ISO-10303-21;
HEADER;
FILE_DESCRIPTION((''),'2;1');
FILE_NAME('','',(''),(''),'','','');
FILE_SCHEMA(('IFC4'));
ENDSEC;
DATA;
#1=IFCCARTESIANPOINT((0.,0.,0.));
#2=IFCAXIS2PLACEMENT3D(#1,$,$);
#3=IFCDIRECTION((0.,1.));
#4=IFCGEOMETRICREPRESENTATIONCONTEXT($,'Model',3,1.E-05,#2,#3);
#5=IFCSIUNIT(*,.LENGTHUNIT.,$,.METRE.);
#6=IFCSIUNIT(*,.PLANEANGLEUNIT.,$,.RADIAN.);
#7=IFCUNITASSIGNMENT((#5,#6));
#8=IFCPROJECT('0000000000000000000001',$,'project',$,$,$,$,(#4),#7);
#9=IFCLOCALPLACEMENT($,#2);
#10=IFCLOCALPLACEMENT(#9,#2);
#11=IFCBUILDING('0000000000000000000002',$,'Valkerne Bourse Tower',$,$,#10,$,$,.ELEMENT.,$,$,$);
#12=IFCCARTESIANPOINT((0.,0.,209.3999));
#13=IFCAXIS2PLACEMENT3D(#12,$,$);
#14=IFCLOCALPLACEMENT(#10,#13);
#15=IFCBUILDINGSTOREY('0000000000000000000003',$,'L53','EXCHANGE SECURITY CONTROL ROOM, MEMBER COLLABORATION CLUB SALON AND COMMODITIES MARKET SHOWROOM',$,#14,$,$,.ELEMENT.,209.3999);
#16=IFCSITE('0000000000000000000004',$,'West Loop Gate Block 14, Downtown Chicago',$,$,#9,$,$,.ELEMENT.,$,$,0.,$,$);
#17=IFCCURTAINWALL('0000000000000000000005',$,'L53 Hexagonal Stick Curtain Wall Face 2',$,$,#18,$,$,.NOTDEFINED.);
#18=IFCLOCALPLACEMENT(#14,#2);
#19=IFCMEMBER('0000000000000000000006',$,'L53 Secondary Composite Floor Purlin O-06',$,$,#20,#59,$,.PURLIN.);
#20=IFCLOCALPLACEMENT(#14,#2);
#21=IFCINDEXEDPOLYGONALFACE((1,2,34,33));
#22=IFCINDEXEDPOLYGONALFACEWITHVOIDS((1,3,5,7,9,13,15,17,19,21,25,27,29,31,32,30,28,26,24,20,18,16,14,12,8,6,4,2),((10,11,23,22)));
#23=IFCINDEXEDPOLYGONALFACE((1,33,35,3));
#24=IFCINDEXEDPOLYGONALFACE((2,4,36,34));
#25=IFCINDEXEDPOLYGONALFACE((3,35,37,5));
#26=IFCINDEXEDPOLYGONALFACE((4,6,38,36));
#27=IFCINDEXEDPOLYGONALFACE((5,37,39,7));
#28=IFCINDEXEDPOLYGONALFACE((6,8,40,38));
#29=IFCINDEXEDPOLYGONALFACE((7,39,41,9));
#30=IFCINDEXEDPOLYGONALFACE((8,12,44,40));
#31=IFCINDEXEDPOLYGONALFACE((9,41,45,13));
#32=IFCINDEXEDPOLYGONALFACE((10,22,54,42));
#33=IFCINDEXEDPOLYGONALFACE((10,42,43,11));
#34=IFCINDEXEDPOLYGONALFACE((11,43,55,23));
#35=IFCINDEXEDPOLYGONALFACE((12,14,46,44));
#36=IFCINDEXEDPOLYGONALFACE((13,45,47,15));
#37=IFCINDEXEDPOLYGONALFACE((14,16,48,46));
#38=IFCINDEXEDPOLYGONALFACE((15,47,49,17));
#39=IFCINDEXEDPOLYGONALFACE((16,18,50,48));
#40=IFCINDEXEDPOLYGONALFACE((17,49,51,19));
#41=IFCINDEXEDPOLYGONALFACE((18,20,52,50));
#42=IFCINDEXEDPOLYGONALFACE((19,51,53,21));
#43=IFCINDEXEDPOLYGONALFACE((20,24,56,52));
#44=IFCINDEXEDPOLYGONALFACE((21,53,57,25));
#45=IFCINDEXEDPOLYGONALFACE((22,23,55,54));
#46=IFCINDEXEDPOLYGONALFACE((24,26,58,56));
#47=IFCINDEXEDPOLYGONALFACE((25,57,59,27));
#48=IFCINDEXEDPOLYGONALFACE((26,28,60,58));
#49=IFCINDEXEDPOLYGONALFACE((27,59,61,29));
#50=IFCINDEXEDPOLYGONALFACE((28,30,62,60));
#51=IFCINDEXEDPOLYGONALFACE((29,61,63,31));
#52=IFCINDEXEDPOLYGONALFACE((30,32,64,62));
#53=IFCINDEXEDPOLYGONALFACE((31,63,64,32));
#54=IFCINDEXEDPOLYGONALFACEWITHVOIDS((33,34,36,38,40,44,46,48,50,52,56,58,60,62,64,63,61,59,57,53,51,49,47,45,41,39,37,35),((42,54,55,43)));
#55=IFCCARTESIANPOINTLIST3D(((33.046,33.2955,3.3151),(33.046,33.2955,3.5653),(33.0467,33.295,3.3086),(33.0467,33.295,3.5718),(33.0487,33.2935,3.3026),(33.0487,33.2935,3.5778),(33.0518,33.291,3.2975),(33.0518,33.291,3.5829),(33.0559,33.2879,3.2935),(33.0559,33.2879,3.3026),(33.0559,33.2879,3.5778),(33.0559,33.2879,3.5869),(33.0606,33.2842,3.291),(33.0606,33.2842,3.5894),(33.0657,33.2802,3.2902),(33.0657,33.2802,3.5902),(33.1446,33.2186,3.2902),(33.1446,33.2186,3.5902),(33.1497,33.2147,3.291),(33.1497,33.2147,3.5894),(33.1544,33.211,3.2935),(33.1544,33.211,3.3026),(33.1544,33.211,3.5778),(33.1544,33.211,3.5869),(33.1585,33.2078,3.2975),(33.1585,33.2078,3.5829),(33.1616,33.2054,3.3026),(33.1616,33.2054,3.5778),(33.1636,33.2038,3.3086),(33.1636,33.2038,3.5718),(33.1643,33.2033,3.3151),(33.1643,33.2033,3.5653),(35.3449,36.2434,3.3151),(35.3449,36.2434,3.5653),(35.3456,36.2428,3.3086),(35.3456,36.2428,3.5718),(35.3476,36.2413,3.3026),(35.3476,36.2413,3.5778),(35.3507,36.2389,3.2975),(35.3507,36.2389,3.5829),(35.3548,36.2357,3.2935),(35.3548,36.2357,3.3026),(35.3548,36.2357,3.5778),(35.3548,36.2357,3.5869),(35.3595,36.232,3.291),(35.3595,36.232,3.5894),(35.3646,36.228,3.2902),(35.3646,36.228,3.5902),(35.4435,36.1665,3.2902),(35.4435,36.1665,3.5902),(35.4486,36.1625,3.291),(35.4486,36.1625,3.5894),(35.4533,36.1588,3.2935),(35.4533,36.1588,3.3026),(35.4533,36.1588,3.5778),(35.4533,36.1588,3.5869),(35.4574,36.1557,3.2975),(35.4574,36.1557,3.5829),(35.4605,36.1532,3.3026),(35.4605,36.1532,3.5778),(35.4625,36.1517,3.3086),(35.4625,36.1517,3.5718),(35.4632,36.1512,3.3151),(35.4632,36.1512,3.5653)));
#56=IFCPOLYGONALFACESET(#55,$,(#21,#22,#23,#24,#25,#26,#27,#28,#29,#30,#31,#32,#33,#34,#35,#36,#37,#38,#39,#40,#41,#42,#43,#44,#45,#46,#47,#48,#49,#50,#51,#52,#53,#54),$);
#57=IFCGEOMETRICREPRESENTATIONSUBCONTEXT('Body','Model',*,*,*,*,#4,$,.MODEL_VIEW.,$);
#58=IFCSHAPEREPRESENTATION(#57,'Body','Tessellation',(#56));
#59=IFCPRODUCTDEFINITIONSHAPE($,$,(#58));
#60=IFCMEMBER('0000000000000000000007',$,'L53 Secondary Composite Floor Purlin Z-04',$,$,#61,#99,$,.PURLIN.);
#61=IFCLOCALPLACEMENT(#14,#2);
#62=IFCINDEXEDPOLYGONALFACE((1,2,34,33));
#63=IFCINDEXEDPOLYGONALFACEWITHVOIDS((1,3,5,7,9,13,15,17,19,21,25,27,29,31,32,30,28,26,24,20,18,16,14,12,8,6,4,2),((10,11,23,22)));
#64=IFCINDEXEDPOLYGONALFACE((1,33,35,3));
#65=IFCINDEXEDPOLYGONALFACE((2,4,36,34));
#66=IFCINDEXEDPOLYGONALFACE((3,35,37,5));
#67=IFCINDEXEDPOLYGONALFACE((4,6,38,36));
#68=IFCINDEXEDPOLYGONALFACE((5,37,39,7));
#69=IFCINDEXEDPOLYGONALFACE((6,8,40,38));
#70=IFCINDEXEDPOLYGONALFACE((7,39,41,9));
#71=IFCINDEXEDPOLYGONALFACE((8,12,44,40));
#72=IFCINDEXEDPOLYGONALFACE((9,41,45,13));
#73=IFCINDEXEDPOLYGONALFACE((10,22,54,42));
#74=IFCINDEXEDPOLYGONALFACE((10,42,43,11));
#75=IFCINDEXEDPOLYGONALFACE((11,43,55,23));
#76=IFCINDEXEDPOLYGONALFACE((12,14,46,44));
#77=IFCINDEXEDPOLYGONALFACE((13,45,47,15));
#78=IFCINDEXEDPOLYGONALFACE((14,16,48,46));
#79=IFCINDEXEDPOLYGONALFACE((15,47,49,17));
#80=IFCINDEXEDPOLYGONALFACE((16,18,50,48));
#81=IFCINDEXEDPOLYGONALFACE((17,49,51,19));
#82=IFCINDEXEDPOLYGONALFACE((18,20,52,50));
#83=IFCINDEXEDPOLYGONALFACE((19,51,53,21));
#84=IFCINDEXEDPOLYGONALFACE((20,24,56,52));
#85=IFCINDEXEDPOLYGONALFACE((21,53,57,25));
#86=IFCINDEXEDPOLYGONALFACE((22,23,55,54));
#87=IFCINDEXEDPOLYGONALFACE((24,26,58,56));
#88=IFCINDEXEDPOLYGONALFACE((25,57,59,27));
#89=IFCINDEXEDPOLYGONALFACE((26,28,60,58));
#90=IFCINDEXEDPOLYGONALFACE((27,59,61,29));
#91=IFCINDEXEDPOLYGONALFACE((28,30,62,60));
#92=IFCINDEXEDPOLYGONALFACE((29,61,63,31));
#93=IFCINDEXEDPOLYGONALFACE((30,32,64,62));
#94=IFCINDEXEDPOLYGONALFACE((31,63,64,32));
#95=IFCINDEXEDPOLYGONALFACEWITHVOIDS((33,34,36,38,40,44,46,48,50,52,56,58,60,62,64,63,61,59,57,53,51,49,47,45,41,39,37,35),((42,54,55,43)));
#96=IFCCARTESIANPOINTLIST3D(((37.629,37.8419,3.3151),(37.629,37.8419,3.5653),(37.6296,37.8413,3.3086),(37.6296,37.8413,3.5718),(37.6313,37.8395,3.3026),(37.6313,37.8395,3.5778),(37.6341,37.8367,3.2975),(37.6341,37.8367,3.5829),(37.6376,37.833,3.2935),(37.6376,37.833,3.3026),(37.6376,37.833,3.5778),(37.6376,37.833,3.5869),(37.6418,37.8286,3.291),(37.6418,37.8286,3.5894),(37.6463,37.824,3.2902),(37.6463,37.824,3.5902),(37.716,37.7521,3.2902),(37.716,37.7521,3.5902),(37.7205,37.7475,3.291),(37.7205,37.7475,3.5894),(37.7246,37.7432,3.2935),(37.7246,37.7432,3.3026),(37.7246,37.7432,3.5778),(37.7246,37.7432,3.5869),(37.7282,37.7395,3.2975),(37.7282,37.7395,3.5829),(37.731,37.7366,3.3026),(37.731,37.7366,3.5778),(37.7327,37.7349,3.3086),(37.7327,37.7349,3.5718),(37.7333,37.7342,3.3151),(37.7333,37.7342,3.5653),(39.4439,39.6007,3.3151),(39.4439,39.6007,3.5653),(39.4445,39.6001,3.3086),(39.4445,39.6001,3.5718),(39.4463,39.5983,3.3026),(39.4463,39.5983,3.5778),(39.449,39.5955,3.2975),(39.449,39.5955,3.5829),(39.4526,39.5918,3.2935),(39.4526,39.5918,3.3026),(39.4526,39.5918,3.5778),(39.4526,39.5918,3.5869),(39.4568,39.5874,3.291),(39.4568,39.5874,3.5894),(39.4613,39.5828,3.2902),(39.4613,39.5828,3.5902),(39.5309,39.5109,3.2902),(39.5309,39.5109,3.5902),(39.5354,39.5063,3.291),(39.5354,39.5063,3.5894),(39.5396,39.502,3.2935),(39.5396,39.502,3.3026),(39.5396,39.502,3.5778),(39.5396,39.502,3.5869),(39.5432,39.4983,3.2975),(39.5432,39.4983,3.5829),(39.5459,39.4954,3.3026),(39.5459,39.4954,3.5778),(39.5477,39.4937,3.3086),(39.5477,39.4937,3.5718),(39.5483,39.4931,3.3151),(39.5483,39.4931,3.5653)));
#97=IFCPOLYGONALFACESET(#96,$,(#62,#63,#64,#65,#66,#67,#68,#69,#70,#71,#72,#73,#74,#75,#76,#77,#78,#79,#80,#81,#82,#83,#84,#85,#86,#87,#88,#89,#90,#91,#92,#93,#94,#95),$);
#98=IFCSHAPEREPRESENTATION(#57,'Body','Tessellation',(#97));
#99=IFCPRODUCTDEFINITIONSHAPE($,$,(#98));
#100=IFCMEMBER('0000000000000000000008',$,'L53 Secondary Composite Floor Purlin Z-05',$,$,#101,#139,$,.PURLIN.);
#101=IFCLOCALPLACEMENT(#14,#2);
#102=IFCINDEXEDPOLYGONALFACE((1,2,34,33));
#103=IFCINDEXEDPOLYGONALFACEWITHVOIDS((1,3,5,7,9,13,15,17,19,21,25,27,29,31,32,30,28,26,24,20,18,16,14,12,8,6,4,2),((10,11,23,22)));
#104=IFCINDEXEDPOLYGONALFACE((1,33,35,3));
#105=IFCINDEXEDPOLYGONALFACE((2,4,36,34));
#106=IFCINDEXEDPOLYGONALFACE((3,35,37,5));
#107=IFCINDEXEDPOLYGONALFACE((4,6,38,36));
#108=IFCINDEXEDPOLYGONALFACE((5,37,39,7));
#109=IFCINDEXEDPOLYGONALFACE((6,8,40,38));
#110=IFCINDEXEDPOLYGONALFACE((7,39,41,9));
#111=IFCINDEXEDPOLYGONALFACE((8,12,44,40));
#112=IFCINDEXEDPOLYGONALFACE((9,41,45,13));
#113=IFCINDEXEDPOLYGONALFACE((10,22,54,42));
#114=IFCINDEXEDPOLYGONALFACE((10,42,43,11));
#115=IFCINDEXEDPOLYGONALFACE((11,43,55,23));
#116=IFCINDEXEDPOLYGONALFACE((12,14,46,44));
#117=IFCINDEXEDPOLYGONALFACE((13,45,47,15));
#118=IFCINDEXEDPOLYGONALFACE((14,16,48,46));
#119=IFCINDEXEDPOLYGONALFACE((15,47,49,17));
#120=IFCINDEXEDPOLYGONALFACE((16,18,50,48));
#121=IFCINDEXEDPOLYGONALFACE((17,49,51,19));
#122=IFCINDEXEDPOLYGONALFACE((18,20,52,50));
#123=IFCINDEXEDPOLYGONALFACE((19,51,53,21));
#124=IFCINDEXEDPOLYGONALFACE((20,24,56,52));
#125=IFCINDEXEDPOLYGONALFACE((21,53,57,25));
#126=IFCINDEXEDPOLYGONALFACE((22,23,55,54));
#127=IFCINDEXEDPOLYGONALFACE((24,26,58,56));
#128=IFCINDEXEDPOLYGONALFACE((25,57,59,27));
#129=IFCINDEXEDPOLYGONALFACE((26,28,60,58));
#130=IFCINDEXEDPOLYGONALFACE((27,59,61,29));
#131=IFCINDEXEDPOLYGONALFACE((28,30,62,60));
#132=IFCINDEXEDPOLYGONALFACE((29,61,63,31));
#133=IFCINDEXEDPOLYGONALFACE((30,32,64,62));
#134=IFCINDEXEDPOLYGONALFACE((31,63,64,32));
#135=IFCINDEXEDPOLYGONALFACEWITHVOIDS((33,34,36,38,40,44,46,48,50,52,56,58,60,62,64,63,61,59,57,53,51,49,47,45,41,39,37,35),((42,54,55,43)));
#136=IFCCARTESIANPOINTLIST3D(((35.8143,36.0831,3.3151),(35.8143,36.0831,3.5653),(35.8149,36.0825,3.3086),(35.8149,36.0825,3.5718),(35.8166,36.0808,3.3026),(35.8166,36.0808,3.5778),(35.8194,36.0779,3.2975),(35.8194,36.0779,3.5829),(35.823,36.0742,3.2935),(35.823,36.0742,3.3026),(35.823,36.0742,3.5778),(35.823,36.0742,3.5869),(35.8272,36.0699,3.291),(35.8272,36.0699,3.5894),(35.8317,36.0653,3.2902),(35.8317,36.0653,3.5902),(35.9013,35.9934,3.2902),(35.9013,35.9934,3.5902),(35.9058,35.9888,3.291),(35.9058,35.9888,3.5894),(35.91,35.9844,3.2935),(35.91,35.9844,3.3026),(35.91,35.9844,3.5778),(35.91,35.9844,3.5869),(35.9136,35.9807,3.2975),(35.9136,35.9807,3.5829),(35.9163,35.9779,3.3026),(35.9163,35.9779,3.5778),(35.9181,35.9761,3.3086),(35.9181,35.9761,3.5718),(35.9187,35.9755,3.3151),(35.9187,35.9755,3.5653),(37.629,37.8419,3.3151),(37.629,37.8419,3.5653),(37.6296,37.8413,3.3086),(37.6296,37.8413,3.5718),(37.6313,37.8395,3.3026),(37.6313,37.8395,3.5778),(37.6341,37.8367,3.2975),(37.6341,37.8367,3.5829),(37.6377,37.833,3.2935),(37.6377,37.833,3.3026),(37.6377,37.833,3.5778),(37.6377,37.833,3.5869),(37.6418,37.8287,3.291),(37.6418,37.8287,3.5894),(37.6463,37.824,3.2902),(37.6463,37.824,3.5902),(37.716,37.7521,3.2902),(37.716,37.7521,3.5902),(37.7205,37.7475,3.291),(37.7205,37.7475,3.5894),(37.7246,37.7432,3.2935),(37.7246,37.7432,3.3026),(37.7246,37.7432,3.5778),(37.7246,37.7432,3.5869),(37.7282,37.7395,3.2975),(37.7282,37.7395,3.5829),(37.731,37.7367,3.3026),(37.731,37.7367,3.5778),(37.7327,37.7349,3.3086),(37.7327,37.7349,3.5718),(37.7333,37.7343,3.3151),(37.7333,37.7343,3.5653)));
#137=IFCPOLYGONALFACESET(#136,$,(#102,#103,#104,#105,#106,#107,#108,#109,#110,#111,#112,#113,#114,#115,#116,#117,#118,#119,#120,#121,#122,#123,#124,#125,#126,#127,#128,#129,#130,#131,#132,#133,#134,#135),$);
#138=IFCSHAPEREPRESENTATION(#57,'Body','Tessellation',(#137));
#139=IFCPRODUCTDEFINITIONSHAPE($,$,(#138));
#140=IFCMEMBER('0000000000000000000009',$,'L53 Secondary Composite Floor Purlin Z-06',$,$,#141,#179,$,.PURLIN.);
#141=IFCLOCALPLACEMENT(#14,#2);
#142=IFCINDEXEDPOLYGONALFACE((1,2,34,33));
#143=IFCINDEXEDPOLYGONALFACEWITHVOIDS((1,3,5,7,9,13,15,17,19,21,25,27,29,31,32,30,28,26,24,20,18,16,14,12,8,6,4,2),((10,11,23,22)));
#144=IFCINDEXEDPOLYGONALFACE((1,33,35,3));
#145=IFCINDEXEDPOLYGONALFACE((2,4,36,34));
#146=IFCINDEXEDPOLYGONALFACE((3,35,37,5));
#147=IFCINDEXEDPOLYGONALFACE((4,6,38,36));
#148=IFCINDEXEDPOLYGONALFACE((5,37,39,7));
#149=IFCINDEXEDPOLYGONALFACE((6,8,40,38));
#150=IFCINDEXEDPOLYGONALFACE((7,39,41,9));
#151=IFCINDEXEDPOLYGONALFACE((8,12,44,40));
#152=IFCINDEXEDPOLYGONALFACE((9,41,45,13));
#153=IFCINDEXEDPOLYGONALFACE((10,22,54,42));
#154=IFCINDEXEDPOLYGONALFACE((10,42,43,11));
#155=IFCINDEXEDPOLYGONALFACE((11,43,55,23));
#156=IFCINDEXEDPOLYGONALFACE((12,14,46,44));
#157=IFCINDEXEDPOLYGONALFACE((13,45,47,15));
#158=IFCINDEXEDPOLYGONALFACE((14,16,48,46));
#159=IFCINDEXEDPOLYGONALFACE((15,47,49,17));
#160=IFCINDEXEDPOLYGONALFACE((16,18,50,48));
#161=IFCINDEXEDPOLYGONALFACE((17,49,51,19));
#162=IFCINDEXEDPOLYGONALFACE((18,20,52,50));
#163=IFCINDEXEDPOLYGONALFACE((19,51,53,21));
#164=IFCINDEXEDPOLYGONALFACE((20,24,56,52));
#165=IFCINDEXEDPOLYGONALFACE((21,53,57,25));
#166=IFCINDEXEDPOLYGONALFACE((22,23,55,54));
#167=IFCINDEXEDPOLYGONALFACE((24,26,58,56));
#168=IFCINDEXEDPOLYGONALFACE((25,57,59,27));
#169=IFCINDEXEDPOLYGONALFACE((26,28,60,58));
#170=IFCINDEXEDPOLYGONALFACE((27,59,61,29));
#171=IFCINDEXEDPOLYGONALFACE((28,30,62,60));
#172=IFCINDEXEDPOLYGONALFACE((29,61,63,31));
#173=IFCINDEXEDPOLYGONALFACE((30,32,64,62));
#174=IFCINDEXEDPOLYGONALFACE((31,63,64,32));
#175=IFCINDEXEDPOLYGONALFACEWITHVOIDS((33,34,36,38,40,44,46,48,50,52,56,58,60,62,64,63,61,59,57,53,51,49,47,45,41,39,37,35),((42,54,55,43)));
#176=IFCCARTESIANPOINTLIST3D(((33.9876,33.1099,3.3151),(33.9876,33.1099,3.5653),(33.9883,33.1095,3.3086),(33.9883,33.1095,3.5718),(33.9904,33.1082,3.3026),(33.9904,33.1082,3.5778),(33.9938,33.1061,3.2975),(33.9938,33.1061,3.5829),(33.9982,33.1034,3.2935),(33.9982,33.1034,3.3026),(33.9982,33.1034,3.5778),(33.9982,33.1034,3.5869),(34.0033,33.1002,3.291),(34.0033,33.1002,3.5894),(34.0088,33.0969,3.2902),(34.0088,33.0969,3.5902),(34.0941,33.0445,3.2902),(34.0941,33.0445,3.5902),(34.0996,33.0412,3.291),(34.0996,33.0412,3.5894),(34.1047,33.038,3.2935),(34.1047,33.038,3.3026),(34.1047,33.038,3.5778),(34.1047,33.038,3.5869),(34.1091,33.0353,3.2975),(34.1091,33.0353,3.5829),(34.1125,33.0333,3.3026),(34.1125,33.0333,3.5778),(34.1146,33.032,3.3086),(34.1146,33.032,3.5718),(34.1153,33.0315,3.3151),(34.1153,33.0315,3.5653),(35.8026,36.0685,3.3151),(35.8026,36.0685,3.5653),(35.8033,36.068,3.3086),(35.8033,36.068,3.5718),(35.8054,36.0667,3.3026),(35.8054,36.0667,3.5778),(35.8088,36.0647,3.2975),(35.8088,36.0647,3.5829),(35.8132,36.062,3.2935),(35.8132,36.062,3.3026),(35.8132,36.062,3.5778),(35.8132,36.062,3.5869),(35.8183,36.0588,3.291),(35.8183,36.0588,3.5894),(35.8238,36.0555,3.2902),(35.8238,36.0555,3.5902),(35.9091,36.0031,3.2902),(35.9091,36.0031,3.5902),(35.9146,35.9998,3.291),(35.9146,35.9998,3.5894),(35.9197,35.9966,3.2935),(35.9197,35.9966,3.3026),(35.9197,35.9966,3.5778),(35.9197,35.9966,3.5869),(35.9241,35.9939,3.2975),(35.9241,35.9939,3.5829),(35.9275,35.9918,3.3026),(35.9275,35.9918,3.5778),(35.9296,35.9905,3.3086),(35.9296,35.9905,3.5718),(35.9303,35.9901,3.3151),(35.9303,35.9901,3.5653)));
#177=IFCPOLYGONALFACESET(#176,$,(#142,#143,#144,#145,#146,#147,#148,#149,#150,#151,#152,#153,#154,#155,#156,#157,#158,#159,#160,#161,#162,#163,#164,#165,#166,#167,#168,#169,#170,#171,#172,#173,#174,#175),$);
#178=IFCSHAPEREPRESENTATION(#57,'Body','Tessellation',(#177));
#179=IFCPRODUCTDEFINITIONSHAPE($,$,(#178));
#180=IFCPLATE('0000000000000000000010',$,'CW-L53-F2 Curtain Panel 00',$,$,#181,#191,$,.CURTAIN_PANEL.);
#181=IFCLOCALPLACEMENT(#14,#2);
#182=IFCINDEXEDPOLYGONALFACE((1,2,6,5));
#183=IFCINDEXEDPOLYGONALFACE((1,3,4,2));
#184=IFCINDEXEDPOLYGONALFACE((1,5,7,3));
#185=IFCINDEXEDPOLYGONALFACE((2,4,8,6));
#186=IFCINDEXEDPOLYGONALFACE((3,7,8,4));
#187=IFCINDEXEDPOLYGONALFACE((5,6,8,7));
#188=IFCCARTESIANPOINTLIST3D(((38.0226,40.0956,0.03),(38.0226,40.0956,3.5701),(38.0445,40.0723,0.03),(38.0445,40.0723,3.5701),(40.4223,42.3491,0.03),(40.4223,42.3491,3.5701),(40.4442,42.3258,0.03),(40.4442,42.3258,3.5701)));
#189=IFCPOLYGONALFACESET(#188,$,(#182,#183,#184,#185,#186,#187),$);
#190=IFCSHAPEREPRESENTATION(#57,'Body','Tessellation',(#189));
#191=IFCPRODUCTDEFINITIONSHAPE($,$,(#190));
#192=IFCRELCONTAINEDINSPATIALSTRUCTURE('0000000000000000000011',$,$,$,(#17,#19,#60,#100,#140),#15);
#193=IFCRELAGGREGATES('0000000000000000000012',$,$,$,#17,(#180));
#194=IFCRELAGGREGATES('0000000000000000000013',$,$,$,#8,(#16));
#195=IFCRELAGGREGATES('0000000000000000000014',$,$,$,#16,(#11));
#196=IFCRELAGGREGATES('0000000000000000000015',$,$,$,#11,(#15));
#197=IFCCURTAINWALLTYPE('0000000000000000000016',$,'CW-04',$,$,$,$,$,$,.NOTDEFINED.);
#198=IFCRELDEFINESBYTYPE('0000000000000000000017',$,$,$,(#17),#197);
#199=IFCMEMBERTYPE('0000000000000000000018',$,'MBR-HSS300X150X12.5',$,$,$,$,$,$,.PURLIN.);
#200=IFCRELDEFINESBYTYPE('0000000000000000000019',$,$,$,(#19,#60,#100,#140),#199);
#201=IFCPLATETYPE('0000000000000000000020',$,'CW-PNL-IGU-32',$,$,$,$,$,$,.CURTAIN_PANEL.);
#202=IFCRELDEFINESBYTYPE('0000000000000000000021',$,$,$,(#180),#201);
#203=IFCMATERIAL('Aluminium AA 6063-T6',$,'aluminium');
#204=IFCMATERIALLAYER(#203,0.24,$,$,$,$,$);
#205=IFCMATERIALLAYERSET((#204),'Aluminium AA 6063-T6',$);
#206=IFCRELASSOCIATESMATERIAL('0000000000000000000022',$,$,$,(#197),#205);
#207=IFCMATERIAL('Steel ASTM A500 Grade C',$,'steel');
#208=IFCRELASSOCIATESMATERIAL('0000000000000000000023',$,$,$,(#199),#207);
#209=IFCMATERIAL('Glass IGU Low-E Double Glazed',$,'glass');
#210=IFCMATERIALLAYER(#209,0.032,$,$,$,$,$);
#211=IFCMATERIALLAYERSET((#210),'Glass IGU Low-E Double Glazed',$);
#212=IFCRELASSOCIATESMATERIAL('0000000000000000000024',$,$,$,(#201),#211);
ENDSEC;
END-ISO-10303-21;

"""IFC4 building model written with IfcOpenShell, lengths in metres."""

from ifc_helpers import new_model, si_unit, direction, frame, origin, origin_2d, place, context, subcontext, project, spatial, rectangle, hollow_rectangle, extrude, material, layer, layer_set, material_profile, profile_set, type_object, element, aggregate, save


model = new_model("IFC4")

# Units and contexts
model_context = context("Model", 3, precision=1e-05, world=origin(), true_north=direction((0.0, 1.0)))
body_context = subcontext(model_context, "Body", "Model", "MODEL_VIEW")
ifc_project = project(units=[si_unit("LENGTHUNIT", "METRE"), si_unit("PLANEANGLEUNIT", "RADIAN")], contexts=[model_context])

# Site, building, storey
site_placement = place(None, origin())
site = spatial("IfcSite", under=ifc_project, at=site_placement, Name="West Loop Gate Block 14, Downtown Chicago", CompositionType="ELEMENT", RefElevation=0.0)
building_placement = place(site_placement, origin())
building = spatial("IfcBuilding", under=site, at=building_placement, Name="Valkerne Bourse Tower", CompositionType="ELEMENT")
storey_placement = place(building_placement, frame((0.0, 0.0, 209.3999)))
storey = spatial("IfcBuildingStorey", under=building, at=storey_placement, Name="L53", Description="EXCHANGE SECURITY CONTROL ROOM, MEMBER COLLABORATION CLUB SALON AND COMMODITIES MARKET SHOWROOM", CompositionType="ELEMENT", Elevation=209.3999)

# Curtain wall
ifc_material_1 = material(Name="Aluminium AA 6063-T6", Category="aluminium")
ifc_layer_1 = layer(ifc_material_1, 0.24)
ifc_layer_set_1 = layer_set([ifc_layer_1], Name="Aluminium AA 6063-T6")
curtain_wall_type = type_object("IfcCurtainWallType", Name="CW-04", PredefinedType="NOTDEFINED", material=ifc_layer_set_1)
curtain_wall_placement = place(storey_placement, origin())
curtain_wall = element("IfcCurtainWall", 1, at=curtain_wall_placement, inside=storey, type_object=curtain_wall_type, Name="L53 Hexagonal Stick Curtain Wall Face 2", PredefinedType="NOTDEFINED")

# Members
ifc_material_2 = material(Name="Steel ASTM A500 Grade C", Category="steel")
ifc_material_profile_1 = material_profile(ifc_material_2, hollow_rectangle(XDim=0.1499, YDim=0.3, WallThickness=0.0125, OuterFilletRadius=0.0249, at=origin_2d()), Name="HSS300X150X12.5")
ifc_profile_set_1 = profile_set([ifc_material_profile_1], Name="Steel ASTM A500 Grade C")
member_type_1 = type_object("IfcMemberType", Name="MBR-HSS300X150X12.5", PredefinedType="PURLIN", material=ifc_profile_set_1)
member_1_placement = place(storey_placement, frame((35.4041, 36.1973, 3.4402), z_axis=(-0.614962, -0.788557, 0.0), x_axis=(0.788557, -0.614962, 0.0)))
element("IfcMember", 2, at=member_1_placement, inside=storey, type_object=member_type_1, Name="L53 Secondary Composite Floor Purlin O-06", PredefinedType="PURLIN", context=body_context, shape_type="SweptSolid", body=[
    extrude(hollow_rectangle(XDim=0.1499, YDim=0.3, WallThickness=0.0125, OuterFilletRadius=0.0249, at=origin_2d()), origin(), (0.0, 0.0, 1.0), 3.7383),
])
member_2_placement = place(storey_placement, frame((39.4961, 39.5469, 3.4402), z_axis=(-0.718129, -0.69591, 0.0), x_axis=(0.69591, -0.718129, 0.0)))
element("IfcMember", 3, at=member_2_placement, inside=storey, type_object=member_type_1, Name="L53 Secondary Composite Floor Purlin Z-04", PredefinedType="PURLIN", context=body_context, shape_type="SweptSolid", body=[
    extrude(hollow_rectangle(XDim=0.1499, YDim=0.3, WallThickness=0.0125, OuterFilletRadius=0.0249, at=origin_2d()), origin(), (0.0, 0.0, 1.0), 2.5273),
])
member_3_placement = place(storey_placement, frame((37.6812, 37.7881, 3.4402), z_axis=(-0.718082, -0.695959, 0.0), x_axis=(0.695959, -0.718082, 0.0)))
element("IfcMember", 4, at=member_3_placement, inside=storey, type_object=member_type_1, Name="L53 Secondary Composite Floor Purlin Z-05", PredefinedType="PURLIN", context=body_context, shape_type="SweptSolid", body=[
    extrude(hollow_rectangle(XDim=0.1499, YDim=0.3, WallThickness=0.0125, OuterFilletRadius=0.0249, at=origin_2d()), origin(), (0.0, 0.0, 1.0), 2.5271),
])
member_4_placement = place(storey_placement, frame((35.8665, 36.0293, 3.4402), z_axis=(-0.522912, -0.852387, 0.0), x_axis=(0.852387, -0.522912, 0.0)))
element("IfcMember", 5, at=member_4_placement, inside=storey, type_object=member_type_1, Name="L53 Secondary Composite Floor Purlin Z-06", PredefinedType="PURLIN", context=body_context, shape_type="SweptSolid", body=[
    extrude(hollow_rectangle(XDim=0.1499, YDim=0.3, WallThickness=0.0125, OuterFilletRadius=0.0249, at=origin_2d()), origin(), (0.0, 0.0, 1.0), 3.4709),
])

# Plate
ifc_material_3 = material(Name="Glass IGU Low-E Double Glazed", Category="glass")
ifc_layer_2 = layer(ifc_material_3, 0.032)
ifc_layer_set_2 = layer_set([ifc_layer_2], Name="Glass IGU Low-E Double Glazed")
plate_type = type_object("IfcPlateType", Name="CW-PNL-IGU-32", PredefinedType="CURTAIN_PANEL", material=ifc_layer_set_2)
plate_1_placement = place(storey_placement, frame((39.2334, 41.2107, 0.03), z_axis=(0.0, 0.0, 1.0), x_axis=(-0.728968, -0.684547, 0.0)))
plate_1 = element("IfcPlate", 6, at=plate_1_placement, type_object=plate_type, Name="CW-L53-F2 Curtain Panel 00", PredefinedType="CURTAIN_PANEL", context=body_context, shape_type="SweptSolid", body=[
    extrude(rectangle(XDim=3.292, YDim=0.032, at=origin_2d()), origin(), (0.0, 0.0, 1.0), 3.54),
])
aggregate(curtain_wall, [plate_1])

save(model, "model.ifc")
